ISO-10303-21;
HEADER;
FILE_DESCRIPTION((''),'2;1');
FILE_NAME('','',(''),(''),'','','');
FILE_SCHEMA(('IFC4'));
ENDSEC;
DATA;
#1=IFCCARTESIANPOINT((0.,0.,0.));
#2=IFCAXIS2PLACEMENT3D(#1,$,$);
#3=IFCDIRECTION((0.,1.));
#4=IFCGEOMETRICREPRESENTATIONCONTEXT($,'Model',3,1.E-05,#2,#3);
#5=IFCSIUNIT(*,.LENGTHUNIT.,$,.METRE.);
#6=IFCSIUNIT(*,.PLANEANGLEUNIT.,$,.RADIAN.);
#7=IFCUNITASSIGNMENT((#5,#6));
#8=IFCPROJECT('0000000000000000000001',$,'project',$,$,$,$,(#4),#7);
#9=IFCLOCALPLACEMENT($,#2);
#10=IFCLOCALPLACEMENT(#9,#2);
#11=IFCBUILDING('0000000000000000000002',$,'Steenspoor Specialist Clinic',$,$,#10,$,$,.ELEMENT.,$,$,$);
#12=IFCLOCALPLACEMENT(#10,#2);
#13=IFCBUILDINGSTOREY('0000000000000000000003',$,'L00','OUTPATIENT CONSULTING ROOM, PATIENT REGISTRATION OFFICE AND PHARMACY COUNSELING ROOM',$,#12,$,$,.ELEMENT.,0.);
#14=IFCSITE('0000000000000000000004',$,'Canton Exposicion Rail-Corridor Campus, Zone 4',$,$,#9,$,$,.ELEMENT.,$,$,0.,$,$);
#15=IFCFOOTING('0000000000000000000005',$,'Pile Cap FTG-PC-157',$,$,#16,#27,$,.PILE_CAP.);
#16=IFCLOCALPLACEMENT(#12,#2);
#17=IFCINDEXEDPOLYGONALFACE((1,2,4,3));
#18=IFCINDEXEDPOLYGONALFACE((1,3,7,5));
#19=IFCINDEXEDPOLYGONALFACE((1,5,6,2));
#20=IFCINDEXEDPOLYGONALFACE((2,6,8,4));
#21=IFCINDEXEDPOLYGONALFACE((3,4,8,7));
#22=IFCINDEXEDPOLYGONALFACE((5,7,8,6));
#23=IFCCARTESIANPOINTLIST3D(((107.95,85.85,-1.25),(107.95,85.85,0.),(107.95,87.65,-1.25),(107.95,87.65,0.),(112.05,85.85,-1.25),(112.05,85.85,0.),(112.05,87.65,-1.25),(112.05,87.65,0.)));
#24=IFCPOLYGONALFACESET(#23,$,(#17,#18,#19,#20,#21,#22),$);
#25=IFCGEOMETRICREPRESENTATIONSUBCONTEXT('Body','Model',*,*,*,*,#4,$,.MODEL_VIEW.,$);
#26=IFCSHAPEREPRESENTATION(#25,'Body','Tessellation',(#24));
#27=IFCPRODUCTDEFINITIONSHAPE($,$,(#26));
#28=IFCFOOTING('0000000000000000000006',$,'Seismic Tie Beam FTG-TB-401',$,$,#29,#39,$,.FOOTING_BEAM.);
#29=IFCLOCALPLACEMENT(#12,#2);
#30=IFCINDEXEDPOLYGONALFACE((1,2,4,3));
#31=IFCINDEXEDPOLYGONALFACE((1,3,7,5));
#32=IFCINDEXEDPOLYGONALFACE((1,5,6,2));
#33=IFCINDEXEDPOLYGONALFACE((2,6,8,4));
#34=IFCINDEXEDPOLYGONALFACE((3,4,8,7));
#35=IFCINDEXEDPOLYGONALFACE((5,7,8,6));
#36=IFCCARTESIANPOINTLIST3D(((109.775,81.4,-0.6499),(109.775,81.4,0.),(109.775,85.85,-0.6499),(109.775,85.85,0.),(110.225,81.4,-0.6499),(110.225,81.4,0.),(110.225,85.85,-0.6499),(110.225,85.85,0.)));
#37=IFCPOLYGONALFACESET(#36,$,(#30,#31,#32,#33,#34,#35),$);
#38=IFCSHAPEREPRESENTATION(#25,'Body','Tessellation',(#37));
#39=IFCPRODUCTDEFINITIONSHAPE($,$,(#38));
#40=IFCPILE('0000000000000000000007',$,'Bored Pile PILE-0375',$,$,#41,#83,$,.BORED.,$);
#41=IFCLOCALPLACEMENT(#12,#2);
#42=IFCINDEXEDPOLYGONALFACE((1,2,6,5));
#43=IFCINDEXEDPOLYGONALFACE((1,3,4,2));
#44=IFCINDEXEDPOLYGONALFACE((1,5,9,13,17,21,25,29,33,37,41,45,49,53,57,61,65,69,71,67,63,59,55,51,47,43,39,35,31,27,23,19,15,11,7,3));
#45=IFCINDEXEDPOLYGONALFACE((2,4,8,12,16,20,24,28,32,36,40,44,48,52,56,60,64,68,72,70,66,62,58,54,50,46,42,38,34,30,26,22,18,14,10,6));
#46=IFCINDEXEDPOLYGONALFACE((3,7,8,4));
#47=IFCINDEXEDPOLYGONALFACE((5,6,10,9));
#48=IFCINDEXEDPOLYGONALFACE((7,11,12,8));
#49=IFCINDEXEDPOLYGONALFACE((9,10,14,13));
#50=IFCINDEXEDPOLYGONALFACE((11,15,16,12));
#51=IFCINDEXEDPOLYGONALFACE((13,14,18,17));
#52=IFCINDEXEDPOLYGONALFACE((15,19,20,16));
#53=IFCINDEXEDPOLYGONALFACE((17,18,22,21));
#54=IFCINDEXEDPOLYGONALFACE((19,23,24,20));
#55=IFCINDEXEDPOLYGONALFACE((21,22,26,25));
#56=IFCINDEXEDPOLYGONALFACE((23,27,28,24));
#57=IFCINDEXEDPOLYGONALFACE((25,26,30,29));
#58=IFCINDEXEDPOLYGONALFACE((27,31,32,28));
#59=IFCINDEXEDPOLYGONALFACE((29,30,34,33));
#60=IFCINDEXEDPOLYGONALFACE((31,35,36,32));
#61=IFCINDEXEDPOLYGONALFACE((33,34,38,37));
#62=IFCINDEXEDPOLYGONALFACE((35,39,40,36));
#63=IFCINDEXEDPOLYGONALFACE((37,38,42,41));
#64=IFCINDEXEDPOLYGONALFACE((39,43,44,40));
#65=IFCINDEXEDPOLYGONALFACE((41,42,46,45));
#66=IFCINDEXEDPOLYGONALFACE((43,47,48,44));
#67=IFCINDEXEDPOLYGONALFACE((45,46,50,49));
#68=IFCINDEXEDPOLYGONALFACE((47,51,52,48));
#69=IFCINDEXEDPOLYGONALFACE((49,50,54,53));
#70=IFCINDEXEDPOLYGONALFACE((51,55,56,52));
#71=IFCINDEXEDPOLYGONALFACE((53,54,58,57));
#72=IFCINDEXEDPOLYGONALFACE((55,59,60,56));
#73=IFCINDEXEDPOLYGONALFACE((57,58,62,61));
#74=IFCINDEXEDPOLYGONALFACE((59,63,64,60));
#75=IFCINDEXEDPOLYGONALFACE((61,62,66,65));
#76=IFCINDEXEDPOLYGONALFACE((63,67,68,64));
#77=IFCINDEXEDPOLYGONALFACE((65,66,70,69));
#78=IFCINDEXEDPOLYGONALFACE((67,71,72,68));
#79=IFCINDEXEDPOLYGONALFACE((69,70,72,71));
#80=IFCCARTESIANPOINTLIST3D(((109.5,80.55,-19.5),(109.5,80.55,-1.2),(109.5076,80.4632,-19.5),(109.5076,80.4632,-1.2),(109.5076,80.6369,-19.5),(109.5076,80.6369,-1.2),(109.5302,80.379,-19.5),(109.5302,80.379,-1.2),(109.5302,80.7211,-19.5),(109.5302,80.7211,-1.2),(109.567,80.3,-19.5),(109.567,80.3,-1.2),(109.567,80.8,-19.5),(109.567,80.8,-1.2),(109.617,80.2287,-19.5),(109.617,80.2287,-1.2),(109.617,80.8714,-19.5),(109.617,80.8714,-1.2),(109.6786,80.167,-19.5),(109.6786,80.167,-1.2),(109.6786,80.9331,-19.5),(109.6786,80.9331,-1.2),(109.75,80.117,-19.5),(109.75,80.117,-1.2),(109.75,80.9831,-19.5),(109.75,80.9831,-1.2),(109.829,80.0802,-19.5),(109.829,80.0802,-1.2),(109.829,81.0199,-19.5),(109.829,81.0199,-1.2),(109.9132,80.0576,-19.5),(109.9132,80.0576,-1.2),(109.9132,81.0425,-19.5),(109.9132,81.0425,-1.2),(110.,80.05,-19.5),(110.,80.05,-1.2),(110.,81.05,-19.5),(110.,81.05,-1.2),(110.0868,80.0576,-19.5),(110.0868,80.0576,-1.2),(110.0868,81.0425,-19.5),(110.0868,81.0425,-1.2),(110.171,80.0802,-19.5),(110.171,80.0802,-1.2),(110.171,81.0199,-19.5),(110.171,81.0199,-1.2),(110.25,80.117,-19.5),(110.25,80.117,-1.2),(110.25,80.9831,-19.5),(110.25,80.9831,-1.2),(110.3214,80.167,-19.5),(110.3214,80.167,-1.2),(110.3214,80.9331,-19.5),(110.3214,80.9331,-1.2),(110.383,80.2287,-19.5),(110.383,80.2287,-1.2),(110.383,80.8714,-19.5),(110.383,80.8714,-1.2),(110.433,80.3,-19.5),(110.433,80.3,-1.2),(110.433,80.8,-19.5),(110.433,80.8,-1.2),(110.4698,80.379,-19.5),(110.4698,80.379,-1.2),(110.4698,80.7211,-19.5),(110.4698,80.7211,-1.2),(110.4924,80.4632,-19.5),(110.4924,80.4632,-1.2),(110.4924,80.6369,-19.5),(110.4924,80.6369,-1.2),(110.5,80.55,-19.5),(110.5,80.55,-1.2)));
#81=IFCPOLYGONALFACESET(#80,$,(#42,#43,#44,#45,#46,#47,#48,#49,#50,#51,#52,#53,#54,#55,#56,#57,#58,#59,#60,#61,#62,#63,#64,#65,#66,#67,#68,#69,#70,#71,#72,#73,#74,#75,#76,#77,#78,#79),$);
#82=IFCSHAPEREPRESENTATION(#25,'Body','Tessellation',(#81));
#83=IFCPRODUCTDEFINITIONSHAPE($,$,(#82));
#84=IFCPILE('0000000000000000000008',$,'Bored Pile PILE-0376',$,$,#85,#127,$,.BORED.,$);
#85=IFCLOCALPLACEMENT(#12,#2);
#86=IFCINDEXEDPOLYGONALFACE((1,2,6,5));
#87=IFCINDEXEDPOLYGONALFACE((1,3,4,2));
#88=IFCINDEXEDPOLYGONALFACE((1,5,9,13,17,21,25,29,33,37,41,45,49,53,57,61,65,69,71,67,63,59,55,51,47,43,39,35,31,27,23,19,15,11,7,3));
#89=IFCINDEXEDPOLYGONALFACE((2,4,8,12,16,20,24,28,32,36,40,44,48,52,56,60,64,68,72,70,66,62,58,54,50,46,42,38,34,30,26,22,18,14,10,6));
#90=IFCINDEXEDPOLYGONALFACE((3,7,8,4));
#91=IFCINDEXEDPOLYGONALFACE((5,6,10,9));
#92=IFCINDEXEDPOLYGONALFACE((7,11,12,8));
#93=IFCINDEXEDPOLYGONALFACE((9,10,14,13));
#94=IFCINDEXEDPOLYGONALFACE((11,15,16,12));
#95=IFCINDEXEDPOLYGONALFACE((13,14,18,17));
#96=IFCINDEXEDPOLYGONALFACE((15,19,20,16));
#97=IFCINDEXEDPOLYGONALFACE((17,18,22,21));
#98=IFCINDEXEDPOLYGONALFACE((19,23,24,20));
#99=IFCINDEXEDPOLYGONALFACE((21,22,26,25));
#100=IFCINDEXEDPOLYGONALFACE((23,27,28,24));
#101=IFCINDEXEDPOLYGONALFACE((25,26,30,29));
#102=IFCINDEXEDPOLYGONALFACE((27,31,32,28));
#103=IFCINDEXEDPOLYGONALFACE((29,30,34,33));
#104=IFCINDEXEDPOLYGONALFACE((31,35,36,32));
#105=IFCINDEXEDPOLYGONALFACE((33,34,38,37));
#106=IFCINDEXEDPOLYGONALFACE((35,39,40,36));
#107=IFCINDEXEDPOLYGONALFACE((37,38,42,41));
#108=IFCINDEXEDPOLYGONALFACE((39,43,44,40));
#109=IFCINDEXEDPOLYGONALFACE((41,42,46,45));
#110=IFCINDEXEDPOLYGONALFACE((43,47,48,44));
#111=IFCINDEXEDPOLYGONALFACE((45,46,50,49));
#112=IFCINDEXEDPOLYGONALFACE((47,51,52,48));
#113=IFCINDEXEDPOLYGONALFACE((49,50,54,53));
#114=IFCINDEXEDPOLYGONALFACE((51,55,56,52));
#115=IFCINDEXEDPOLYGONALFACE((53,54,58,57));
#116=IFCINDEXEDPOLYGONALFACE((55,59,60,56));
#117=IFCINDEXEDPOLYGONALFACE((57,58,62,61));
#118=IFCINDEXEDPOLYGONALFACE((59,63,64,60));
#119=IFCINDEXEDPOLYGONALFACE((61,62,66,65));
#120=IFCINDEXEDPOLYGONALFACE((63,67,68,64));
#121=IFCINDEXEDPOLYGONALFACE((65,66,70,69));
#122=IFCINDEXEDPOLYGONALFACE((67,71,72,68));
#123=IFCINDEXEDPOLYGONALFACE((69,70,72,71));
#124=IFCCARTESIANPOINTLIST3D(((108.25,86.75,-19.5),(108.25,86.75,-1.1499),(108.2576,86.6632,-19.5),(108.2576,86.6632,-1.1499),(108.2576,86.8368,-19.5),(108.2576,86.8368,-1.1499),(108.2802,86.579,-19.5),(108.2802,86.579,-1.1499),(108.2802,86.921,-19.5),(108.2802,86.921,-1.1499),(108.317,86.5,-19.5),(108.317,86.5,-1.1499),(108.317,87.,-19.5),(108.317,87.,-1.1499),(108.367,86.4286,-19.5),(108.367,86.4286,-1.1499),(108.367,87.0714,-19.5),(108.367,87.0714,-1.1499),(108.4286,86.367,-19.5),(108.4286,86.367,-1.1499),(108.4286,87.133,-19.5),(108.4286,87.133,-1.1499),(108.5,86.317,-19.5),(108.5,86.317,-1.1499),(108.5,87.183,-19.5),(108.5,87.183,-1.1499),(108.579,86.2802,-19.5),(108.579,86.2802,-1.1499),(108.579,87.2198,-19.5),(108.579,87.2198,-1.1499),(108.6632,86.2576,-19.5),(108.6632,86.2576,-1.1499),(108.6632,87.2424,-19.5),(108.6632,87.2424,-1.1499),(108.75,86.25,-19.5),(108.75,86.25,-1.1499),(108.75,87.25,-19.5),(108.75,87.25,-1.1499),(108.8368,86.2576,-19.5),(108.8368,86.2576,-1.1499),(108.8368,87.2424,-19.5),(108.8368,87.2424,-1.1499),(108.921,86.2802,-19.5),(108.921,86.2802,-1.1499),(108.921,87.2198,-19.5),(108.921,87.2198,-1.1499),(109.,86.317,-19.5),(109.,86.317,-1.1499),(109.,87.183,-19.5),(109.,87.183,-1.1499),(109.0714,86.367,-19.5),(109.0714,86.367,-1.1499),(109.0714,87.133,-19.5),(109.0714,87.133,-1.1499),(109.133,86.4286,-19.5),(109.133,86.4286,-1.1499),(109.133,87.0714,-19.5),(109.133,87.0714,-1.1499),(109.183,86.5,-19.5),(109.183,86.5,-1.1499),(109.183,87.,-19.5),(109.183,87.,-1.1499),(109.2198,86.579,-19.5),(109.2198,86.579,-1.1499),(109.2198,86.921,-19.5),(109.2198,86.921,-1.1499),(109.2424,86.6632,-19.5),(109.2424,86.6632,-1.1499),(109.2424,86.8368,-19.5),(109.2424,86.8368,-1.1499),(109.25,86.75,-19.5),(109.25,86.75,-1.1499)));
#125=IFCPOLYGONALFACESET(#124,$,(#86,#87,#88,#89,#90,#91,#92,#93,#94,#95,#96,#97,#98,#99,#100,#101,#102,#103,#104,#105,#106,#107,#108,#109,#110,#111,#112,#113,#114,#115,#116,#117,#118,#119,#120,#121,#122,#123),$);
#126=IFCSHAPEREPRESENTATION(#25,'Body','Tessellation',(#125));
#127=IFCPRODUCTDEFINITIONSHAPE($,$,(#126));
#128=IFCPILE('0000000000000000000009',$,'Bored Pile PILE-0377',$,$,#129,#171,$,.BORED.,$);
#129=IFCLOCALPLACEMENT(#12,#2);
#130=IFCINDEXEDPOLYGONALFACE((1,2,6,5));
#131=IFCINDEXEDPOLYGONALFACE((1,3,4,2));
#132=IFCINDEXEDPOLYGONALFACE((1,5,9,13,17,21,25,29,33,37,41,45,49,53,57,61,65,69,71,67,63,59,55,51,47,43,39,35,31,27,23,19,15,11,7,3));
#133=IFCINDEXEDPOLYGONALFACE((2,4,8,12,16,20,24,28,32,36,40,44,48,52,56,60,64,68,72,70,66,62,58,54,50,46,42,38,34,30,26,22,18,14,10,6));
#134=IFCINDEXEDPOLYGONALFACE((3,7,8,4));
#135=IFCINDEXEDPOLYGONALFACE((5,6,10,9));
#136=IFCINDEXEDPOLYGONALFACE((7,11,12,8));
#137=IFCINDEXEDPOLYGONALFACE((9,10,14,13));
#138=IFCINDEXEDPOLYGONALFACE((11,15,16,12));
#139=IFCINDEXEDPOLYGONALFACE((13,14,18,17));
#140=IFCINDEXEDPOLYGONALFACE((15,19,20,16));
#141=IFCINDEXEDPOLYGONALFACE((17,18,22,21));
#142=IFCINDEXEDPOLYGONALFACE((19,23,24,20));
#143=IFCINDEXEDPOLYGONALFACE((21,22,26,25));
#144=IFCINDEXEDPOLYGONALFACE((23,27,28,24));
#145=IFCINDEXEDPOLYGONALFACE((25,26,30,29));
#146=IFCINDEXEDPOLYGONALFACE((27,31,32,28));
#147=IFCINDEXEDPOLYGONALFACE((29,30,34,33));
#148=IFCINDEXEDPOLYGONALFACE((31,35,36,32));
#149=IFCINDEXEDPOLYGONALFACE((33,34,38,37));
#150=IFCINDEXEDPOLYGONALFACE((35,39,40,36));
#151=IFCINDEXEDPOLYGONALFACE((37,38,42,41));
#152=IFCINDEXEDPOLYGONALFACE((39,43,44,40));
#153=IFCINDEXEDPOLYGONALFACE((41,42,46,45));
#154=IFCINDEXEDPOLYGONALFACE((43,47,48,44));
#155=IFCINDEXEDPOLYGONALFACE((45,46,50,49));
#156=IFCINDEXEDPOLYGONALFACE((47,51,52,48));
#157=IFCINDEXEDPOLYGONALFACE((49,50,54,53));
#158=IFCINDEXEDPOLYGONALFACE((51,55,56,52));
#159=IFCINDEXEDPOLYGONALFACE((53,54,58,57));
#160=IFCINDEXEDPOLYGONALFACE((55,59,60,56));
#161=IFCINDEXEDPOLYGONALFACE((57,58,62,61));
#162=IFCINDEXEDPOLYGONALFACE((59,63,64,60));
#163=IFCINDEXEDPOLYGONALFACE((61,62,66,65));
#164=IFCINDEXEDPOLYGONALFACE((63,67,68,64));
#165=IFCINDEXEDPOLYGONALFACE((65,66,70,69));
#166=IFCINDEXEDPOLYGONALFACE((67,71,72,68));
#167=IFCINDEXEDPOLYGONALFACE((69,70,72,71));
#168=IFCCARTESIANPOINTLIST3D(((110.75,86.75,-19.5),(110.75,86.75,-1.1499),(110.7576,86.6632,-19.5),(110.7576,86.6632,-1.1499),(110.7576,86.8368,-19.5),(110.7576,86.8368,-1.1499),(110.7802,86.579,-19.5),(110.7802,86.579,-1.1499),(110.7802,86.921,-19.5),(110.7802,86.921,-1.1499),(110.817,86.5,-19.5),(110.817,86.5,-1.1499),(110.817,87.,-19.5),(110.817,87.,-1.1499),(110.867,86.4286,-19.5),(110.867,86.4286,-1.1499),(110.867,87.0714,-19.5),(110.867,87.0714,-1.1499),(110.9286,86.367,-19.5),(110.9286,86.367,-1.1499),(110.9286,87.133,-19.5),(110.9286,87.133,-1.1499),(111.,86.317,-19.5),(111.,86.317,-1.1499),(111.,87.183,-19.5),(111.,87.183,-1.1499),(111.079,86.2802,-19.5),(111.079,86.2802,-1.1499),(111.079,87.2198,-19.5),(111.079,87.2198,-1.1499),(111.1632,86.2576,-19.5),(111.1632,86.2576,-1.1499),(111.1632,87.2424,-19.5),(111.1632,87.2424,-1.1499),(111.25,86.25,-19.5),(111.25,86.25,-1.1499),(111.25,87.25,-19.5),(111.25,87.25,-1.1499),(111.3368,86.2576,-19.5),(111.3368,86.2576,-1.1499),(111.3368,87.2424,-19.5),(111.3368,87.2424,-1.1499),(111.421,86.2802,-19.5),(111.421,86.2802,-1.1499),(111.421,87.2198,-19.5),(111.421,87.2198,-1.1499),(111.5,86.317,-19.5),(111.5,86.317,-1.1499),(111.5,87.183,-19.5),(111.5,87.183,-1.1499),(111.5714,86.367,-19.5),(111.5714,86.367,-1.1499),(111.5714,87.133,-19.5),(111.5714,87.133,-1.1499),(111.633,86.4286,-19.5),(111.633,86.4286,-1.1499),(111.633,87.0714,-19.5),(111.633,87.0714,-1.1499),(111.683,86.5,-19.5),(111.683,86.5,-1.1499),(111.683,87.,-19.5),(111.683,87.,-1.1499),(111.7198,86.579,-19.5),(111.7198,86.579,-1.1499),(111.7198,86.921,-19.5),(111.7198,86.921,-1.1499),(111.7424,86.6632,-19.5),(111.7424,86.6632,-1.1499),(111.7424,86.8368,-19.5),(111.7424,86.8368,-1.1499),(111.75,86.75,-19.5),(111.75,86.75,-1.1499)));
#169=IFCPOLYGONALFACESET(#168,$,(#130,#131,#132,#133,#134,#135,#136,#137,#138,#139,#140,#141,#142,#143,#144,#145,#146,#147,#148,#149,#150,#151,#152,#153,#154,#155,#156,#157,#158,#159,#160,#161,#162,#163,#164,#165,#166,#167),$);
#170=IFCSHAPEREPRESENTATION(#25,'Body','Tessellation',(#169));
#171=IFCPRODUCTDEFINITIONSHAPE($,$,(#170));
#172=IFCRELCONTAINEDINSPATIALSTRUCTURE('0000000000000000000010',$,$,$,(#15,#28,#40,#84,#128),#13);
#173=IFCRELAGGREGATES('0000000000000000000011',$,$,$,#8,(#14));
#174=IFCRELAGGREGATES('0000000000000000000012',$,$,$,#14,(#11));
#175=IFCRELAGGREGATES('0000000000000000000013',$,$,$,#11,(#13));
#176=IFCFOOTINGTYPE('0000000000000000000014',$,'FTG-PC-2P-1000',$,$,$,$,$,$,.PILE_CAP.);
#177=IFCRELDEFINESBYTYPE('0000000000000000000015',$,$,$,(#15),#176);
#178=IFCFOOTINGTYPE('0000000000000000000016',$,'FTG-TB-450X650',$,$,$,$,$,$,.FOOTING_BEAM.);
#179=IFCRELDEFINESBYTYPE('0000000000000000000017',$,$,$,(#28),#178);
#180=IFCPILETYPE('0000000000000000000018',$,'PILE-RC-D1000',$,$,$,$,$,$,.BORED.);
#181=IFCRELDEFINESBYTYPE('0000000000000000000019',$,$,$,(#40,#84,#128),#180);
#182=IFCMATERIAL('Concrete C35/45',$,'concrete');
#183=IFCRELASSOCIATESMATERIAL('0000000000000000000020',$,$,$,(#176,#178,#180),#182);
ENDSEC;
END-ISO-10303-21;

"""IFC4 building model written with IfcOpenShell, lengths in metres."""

from ifc_helpers import new_model, si_unit, direction, frame, origin, origin_2d, place, context, subcontext, project, spatial, rectangle, circle, extrude, material, material_profile, profile_set, type_object, element, save


model = new_model("IFC4")

# Units and contexts
model_context = context("Model", 3, precision=1e-05, world=origin(), true_north=direction((0.0, 1.0)))
body_context = subcontext(model_context, "Body", "Model", "MODEL_VIEW")
ifc_project = project(units=[si_unit("LENGTHUNIT", "METRE"), si_unit("PLANEANGLEUNIT", "RADIAN")], contexts=[model_context])

# Site, building, storey
site_placement = place(None, origin())
site = spatial("IfcSite", under=ifc_project, at=site_placement, Name="Canton Exposicion Rail-Corridor Campus, Zone 4", CompositionType="ELEMENT", RefElevation=0.0)
building_placement = place(site_placement, origin())
building = spatial("IfcBuilding", under=site, at=building_placement, Name="Steenspoor Specialist Clinic", CompositionType="ELEMENT")
storey_placement = place(building_placement, origin())
storey = spatial("IfcBuildingStorey", under=building, at=storey_placement, Name="L00", Description="OUTPATIENT CONSULTING ROOM, PATIENT REGISTRATION OFFICE AND PHARMACY COUNSELING ROOM", CompositionType="ELEMENT", Elevation=0.0)

# Footings
ifc_material_1 = material(Name="Concrete C35/45", Category="concrete")
footing_type_1 = type_object("IfcFootingType", Name="FTG-PC-2P-1000", PredefinedType="PILE_CAP", material=ifc_material_1)
footing_1_placement = place(storey_placement, frame((110.0, 86.75, -1.25), z_axis=(0.0, 0.0, 1.0), x_axis=(1.0, 0.0, 0.0)))
element("IfcFooting", 1, at=footing_1_placement, inside=storey, type_object=footing_type_1, Name="Pile Cap FTG-PC-157", PredefinedType="PILE_CAP", context=body_context, shape_type="SweptSolid", body=[
    extrude(rectangle(XDim=4.1001, YDim=1.8, at=origin_2d()), origin(), (0.0, 0.0, 1.0), 1.25),
])
footing_type_2 = type_object("IfcFootingType", Name="FTG-TB-450X650", PredefinedType="FOOTING_BEAM", material=ifc_material_1)
footing_2_placement = place(storey_placement, frame((110.0, 83.625, -0.6499), z_axis=(0.0, 0.0, 1.0), x_axis=(1.0, 0.0, 0.0)))
element("IfcFooting", 2, at=footing_2_placement, inside=storey, type_object=footing_type_2, Name="Seismic Tie Beam FTG-TB-401", PredefinedType="FOOTING_BEAM", context=body_context, shape_type="SweptSolid", body=[
    extrude(rectangle(XDim=0.45, YDim=4.45, at=origin_2d()), origin(), (0.0, 0.0, 1.0), 0.6499),
])

# Piles
ifc_material_profile_1 = material_profile(ifc_material_1, circle(Radius=0.5, at=origin_2d()), Name="PILE-D1000")
ifc_profile_set_1 = profile_set([ifc_material_profile_1], Name="Concrete C35/45")
pile_type = type_object("IfcPileType", Name="PILE-RC-D1000", PredefinedType="BORED", material=ifc_profile_set_1)
pile_placement = place(storey_placement, frame((110.0, 80.55, -1.2), z_axis=(0.0, 0.0, -1.0), x_axis=(1.0, 0.0, 0.0)))
element("IfcPile", 3, at=pile_placement, inside=storey, type_object=pile_type, Name="Bored Pile PILE-0375", PredefinedType="BORED", context=body_context, shape_type="SweptSolid", body=[
    extrude(circle(Radius=0.5, at=origin_2d()), origin(), (0.0, 0.0, 1.0), 18.3),
])
for number, where, z_axis, x_axis, name in (
    (4, (108.75, 86.75, -1.1499), (0.0, 0.0, -1.0), (1.0, 0.0, 0.0), "Bored Pile PILE-0376"),
    (5, (111.25, 86.75, -1.1499), (0.0, 0.0, -1.0), (1.0, 0.0, 0.0), "Bored Pile PILE-0377"),
):
    element("IfcPile", number, at=place(storey_placement, frame(where, z_axis=z_axis, x_axis=x_axis)), inside=storey, type_object=pile_type, Name=name, PredefinedType="BORED", context=body_context, shape_type="SweptSolid", body=[
        extrude(circle(Radius=0.5, at=origin_2d()), origin(), (0.0, 0.0, 1.0), 18.3501),
    ])

save(model, "model.ifc")
